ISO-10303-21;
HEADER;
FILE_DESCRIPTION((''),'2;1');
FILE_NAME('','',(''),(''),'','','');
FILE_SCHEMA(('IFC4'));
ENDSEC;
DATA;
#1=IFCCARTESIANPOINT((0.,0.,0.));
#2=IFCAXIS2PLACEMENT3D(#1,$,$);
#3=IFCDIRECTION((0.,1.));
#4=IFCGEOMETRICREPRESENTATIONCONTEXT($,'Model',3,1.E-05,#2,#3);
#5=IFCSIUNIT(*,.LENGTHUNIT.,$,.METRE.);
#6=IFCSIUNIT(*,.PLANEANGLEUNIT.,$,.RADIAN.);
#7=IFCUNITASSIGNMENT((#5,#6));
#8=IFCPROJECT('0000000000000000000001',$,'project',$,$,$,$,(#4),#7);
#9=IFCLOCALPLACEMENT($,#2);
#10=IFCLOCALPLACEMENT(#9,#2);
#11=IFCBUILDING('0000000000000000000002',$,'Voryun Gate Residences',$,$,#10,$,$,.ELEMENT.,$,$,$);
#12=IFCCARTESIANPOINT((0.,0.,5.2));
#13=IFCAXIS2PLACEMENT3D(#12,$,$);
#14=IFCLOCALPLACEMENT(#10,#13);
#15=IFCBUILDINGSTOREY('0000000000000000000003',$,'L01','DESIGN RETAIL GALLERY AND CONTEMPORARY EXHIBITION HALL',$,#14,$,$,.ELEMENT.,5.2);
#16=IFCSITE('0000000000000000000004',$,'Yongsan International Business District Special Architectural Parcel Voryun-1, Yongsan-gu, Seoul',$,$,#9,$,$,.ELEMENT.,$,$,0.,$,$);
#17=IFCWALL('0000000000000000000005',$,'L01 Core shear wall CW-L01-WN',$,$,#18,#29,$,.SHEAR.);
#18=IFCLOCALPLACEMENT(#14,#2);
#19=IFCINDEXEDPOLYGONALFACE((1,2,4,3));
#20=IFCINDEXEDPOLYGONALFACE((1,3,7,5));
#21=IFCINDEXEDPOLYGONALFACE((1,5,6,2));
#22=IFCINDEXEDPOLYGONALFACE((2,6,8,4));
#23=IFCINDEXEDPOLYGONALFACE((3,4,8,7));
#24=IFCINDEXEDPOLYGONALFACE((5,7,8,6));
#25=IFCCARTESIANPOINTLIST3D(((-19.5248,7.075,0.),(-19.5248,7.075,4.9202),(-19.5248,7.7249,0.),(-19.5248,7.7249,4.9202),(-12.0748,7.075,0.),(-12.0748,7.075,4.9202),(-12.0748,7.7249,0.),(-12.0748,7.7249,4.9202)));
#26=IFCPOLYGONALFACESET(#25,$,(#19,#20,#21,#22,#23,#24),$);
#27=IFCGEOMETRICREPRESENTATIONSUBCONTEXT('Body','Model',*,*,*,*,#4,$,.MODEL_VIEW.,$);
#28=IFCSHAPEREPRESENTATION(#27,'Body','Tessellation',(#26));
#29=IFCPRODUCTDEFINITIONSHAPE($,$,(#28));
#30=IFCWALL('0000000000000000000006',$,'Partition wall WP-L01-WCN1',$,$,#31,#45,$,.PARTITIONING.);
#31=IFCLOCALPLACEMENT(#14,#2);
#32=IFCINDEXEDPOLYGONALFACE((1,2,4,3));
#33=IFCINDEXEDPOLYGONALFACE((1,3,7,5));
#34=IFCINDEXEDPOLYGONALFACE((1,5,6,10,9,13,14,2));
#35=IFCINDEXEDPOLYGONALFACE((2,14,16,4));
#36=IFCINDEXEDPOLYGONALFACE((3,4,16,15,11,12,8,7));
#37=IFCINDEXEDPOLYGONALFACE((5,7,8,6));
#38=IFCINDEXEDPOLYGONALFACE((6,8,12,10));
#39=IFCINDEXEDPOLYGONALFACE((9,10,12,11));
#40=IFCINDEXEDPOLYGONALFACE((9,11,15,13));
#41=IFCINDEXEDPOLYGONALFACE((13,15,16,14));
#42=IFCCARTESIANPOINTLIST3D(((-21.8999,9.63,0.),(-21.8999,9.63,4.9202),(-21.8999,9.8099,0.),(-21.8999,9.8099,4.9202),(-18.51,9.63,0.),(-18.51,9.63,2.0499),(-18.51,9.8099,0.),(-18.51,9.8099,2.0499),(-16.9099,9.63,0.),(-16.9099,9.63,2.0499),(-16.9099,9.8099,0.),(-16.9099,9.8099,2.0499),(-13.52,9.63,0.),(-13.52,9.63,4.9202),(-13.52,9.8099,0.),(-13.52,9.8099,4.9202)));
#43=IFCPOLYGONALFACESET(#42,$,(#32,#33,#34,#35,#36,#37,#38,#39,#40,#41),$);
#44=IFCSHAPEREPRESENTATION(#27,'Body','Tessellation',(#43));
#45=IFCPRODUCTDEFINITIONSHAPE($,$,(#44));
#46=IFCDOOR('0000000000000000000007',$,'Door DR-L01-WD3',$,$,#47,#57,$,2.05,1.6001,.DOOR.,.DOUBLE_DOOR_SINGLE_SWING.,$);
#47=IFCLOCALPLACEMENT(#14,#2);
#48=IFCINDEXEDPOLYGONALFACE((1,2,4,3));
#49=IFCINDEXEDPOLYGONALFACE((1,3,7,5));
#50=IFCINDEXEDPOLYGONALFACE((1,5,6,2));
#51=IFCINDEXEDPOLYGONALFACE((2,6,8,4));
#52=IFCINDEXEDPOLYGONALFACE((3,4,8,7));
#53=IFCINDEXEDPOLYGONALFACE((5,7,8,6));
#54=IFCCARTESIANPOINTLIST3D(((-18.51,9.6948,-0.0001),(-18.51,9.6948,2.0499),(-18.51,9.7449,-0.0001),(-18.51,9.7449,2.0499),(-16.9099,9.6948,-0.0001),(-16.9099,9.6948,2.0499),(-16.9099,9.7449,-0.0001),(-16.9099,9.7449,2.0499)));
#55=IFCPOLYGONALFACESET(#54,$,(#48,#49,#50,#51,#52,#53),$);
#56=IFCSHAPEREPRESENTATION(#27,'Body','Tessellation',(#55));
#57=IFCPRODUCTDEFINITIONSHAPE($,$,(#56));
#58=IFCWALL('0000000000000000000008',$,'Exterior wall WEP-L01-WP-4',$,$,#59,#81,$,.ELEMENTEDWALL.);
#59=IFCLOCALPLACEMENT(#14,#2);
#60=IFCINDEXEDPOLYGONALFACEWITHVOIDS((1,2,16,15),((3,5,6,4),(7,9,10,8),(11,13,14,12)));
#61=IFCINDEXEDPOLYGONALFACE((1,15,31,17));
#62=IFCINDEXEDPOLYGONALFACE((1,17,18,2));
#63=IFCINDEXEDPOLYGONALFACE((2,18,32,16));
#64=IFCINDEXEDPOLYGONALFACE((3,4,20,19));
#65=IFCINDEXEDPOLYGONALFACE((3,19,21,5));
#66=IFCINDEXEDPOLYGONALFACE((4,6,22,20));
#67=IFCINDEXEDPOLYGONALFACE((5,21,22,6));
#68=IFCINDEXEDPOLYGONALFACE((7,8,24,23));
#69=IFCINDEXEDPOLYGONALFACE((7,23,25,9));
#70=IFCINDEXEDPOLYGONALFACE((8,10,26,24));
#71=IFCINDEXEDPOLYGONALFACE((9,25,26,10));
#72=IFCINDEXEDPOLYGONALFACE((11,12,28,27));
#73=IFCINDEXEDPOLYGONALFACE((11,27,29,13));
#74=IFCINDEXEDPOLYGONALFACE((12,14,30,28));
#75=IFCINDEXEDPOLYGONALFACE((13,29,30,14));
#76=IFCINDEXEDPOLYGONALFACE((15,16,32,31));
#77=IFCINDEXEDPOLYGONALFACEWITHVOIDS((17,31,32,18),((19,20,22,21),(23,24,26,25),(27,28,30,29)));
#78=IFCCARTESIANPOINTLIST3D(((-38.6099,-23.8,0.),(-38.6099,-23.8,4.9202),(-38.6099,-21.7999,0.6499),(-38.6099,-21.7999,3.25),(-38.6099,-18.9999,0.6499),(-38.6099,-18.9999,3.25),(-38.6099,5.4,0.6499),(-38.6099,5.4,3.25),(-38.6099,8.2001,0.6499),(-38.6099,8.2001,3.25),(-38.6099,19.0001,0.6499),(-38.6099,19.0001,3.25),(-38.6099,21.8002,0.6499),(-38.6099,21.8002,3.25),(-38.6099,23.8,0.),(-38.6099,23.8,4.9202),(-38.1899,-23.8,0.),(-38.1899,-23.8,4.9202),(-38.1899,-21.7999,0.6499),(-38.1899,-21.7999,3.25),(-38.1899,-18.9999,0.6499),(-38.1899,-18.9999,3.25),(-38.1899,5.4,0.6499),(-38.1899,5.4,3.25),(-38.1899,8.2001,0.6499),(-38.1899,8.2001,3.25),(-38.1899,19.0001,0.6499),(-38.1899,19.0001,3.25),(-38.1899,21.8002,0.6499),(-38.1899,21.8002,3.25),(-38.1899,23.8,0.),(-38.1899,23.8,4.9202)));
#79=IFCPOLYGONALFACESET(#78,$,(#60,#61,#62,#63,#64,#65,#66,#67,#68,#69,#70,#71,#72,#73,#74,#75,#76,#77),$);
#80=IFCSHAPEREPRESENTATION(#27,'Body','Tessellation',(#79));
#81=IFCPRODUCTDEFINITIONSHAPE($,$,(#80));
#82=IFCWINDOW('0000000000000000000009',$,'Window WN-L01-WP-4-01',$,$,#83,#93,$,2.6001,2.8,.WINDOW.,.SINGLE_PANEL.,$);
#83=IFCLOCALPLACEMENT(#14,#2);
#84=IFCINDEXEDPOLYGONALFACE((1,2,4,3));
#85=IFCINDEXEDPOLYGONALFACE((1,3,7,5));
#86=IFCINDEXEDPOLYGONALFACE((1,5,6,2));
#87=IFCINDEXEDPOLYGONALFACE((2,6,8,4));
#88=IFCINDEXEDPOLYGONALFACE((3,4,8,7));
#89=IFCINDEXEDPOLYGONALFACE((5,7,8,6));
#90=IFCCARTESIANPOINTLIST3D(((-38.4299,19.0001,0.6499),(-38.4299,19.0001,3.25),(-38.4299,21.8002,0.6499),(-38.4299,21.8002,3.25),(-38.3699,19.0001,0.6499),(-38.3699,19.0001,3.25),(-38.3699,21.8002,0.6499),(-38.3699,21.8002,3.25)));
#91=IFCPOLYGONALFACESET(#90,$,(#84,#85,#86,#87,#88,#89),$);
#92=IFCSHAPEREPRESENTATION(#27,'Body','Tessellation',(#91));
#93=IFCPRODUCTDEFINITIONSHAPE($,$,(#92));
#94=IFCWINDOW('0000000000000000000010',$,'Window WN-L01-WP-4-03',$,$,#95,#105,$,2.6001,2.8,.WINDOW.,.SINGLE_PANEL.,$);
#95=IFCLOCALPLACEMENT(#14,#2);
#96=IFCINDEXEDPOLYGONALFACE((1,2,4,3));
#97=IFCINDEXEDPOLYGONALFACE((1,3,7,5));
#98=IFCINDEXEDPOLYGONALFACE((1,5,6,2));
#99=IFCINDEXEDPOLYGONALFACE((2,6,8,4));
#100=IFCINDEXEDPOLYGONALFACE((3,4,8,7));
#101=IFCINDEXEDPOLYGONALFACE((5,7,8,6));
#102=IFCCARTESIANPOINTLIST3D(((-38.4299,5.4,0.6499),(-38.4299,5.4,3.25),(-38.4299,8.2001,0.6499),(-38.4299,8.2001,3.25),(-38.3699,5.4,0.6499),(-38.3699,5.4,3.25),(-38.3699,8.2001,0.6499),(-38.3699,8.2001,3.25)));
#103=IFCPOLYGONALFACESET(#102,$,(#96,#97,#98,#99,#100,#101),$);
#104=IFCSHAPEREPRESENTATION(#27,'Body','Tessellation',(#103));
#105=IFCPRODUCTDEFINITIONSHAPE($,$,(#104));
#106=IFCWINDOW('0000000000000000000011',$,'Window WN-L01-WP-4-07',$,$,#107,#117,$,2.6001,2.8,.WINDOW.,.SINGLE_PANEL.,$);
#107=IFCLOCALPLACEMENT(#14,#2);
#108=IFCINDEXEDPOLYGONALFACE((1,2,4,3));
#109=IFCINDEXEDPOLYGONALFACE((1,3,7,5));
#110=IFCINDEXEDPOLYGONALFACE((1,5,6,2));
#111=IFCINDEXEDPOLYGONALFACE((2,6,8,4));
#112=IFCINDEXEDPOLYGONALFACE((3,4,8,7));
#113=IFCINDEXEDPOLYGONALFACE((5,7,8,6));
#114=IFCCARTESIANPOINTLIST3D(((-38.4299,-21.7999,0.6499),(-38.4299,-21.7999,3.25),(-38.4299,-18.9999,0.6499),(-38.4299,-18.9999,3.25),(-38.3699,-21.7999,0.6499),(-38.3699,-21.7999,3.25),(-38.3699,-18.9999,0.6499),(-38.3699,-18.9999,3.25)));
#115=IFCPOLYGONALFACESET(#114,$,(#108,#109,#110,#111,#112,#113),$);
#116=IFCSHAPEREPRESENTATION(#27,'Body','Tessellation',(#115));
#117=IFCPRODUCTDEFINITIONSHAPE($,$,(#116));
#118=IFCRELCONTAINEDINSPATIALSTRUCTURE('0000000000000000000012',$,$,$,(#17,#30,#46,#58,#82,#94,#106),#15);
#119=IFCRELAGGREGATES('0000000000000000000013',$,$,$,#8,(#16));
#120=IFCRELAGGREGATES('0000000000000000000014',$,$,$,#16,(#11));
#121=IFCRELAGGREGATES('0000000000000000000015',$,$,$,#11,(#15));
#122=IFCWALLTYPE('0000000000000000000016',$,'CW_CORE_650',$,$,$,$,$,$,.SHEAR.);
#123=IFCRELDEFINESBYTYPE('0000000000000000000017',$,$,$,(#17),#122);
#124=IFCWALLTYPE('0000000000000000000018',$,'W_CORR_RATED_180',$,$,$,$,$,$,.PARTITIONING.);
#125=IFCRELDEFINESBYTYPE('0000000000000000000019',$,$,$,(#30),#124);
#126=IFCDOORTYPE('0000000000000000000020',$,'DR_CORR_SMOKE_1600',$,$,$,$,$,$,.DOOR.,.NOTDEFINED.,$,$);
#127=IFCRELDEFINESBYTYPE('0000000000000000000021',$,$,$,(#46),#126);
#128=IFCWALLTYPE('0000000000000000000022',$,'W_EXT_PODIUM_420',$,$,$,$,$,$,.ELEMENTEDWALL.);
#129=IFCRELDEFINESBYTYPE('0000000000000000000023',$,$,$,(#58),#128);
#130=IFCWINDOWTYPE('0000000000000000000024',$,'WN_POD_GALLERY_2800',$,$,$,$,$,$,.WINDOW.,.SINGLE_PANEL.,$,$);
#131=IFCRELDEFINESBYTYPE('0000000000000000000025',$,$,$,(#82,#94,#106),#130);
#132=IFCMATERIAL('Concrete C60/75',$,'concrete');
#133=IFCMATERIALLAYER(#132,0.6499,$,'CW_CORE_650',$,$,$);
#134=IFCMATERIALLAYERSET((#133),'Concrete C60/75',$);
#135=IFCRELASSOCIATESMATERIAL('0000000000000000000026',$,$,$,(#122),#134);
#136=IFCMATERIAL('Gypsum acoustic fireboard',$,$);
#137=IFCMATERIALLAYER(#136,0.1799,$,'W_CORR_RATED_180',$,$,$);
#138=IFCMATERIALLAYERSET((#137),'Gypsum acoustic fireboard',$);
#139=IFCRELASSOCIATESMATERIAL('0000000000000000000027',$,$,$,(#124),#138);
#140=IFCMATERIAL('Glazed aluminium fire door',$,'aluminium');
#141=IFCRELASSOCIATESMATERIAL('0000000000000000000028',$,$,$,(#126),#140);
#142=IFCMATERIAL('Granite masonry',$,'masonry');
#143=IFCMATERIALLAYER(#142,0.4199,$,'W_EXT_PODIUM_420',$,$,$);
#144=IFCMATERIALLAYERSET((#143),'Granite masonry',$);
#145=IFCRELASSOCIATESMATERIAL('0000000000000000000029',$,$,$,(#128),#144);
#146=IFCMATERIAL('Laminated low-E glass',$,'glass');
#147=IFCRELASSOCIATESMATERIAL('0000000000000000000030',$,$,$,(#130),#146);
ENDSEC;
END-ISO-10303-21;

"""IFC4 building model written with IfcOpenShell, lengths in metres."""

from ifc_helpers import new_model, si_unit, direction, frame, frame_2d, origin, place, context, subcontext, project, spatial, rectangle, extrude, material, layer, layer_set, type_object, element, fill, save


model = new_model("IFC4")

# Units and contexts
model_context = context("Model", 3, precision=1e-05, world=origin(), true_north=direction((0.0, 1.0)))
body_context = subcontext(model_context, "Body", "Model", "MODEL_VIEW")
ifc_project = project(units=[si_unit("LENGTHUNIT", "METRE"), si_unit("PLANEANGLEUNIT", "RADIAN")], contexts=[model_context])

# Site, building, storey
site_placement = place(None, origin())
site = spatial("IfcSite", under=ifc_project, at=site_placement, Name="Yongsan International Business District Special Architectural Parcel Voryun-1, Yongsan-gu, Seoul", CompositionType="ELEMENT", RefElevation=0.0)
building_placement = place(site_placement, origin())
building = spatial("IfcBuilding", under=site, at=building_placement, Name="Voryun Gate Residences", CompositionType="ELEMENT")
storey_placement = place(building_placement, frame((0.0, 0.0, 5.2)))
storey = spatial("IfcBuildingStorey", under=building, at=storey_placement, Name="L01", Description="DESIGN RETAIL GALLERY AND CONTEMPORARY EXHIBITION HALL", CompositionType="ELEMENT", Elevation=5.2)

# Wall
ifc_material_1 = material(Name="Concrete C60/75", Category="concrete")
ifc_layer_1 = layer(ifc_material_1, 0.6499, Name="CW_CORE_650")
ifc_layer_set_1 = layer_set([ifc_layer_1], Name="Concrete C60/75")
wall_type_1 = type_object("IfcWallType", Name="CW_CORE_650", PredefinedType="SHEAR", material=ifc_layer_set_1)
wall_1_placement = place(storey_placement, frame((-19.5249, 7.3999, 0.0), z_axis=(0.0, 0.0, 1.0), x_axis=(1.0, 0.0, 0.0)))
element("IfcWall", 1, at=wall_1_placement, inside=storey, type_object=wall_type_1, Name="L01 Core shear wall CW-L01-WN", PredefinedType="SHEAR", context=body_context, shape_type="SweptSolid", body=[
    extrude(rectangle(XDim=7.45, YDim=0.6499, at=frame_2d((3.7251, 0.0))), origin(), (0.0, 0.0, 1.0), 4.9202),
])

# Wall, opening, door
ifc_material_2 = material(Name="Gypsum acoustic fireboard")
ifc_layer_2 = layer(ifc_material_2, 0.1799, Name="W_CORR_RATED_180")
ifc_layer_set_2 = layer_set([ifc_layer_2], Name="Gypsum acoustic fireboard")
wall_type_2 = type_object("IfcWallType", Name="W_CORR_RATED_180", PredefinedType="PARTITIONING", material=ifc_layer_set_2)
wall_2_placement = place(storey_placement, frame((-21.8999, 9.72, 0.0), z_axis=(0.0, 0.0, 1.0), x_axis=(1.0, 0.0, 0.0)))
wall_2 = element("IfcWall", 2, at=wall_2_placement, inside=storey, type_object=wall_type_2, Name="Partition wall WP-L01-WCN1", PredefinedType="PARTITIONING", context=body_context, shape_type="SweptSolid", body=[
    extrude(rectangle(XDim=8.3799, YDim=0.1799, at=frame_2d((4.1899, 0.0))), origin(), (0.0, 0.0, 1.0), 4.9202),
])
opening_1_placement = place(wall_2_placement, frame((3.3899, 0.0, 0.0)))
opening_1 = element("IfcOpeningElement", 3, at=opening_1_placement, cuts=wall_2, PredefinedType="OPENING", context=body_context, shape_type="SweptSolid", body=[
    extrude(rectangle(XDim=1.6001, YDim=2.05, at=frame_2d((0.8, 1.0249))), frame((0.0, 0.0999, 0.0), z_axis=(0.0, -1.0, 0.0), x_axis=(1.0, 0.0, 0.0)), (0.0, 0.0, 1.0), 0.2),
])
ifc_material_3 = material(Name="Glazed aluminium fire door", Category="aluminium")
door_type = type_object("IfcDoorType", Name="DR_CORR_SMOKE_1600", OperationType="NOTDEFINED", PredefinedType="DOOR", material=ifc_material_3)
door_placement = place(opening_1_placement, origin())
door = element("IfcDoor", 4, at=door_placement, inside=storey, type_object=door_type, Name="Door DR-L01-WD3", OperationType="DOUBLE_DOOR_SINGLE_SWING", OverallHeight=2.05, OverallWidth=1.6001, PredefinedType="DOOR", context=body_context, shape_type="SweptSolid", body=[
    extrude(rectangle(XDim=1.6001, YDim=2.05, at=frame_2d((0.8, 1.0249))), frame((0.0, 0.0249, 0.0), z_axis=(0.0, -1.0, 0.0), x_axis=(1.0, 0.0, 0.0)), (0.0, 0.0, 1.0), 0.05),
])
fill(opening_1, door)

# Wall, openings, windows
ifc_material_4 = material(Name="Granite masonry", Category="masonry")
ifc_layer_3 = layer(ifc_material_4, 0.4199, Name="W_EXT_PODIUM_420")
ifc_layer_set_3 = layer_set([ifc_layer_3], Name="Granite masonry")
wall_type_3 = type_object("IfcWallType", Name="W_EXT_PODIUM_420", PredefinedType="ELEMENTEDWALL", material=ifc_layer_set_3)
wall_3_placement = place(storey_placement, frame((-38.3999, 23.8, 0.0), z_axis=(0.0, 0.0, 1.0), x_axis=(0.0, -1.0, 0.0)))
wall_3 = element("IfcWall", 5, at=wall_3_placement, inside=storey, type_object=wall_type_3, Name="Exterior wall WEP-L01-WP-4", PredefinedType="ELEMENTEDWALL", context=body_context, shape_type="SweptSolid", body=[
    extrude(rectangle(XDim=47.6001, YDim=0.4199, at=frame_2d((23.8, 0.0))), origin(), (0.0, 0.0, 1.0), 4.9202),
])
opening_2_placement = place(wall_3_placement, frame((2.0, 0.0, 0.6499)))
opening_2 = element("IfcOpeningElement", 6, at=opening_2_placement, cuts=wall_3, PredefinedType="OPENING", context=body_context, shape_type="SweptSolid", body=[
    extrude(rectangle(XDim=2.8, YDim=2.6001, at=frame_2d((1.3999, 1.3))), frame((0.0, 0.22, 0.0), z_axis=(0.0, -1.0, 0.0), x_axis=(1.0, 0.0, 0.0)), (0.0, 0.0, 1.0), 0.4399),
])
opening_3_placement = place(wall_3_placement, frame((15.6001, 0.0, 0.6499)))
opening_3 = element("IfcOpeningElement", 7, at=opening_3_placement, cuts=wall_3, PredefinedType="OPENING", context=body_context, shape_type="SweptSolid", body=[
    extrude(rectangle(XDim=2.8, YDim=2.6001, at=frame_2d((1.3999, 1.3))), frame((0.0, 0.22, 0.0), z_axis=(0.0, -1.0, 0.0), x_axis=(1.0, 0.0, 0.0)), (0.0, 0.0, 1.0), 0.4399),
])
opening_4_placement = place(wall_3_placement, frame((42.8, 0.0, 0.6499)))
opening_4 = element("IfcOpeningElement", 8, at=opening_4_placement, cuts=wall_3, PredefinedType="OPENING", context=body_context, shape_type="SweptSolid", body=[
    extrude(rectangle(XDim=2.8, YDim=2.6001, at=frame_2d((1.3999, 1.3))), frame((0.0, 0.22, 0.0), z_axis=(0.0, -1.0, 0.0), x_axis=(1.0, 0.0, 0.0)), (0.0, 0.0, 1.0), 0.4399),
])
ifc_material_5 = material(Name="Laminated low-E glass", Category="glass")
window_type = type_object("IfcWindowType", Name="WN_POD_GALLERY_2800", PartitioningType="SINGLE_PANEL", PredefinedType="WINDOW", material=ifc_material_5)
window_1_placement = place(opening_2_placement, origin())
window_1 = element("IfcWindow", 9, at=window_1_placement, inside=storey, type_object=window_type, Name="Window WN-L01-WP-4-01", OverallHeight=2.6001, OverallWidth=2.8, PartitioningType="SINGLE_PANEL", PredefinedType="WINDOW", context=body_context, shape_type="SweptSolid", body=[
    extrude(rectangle(XDim=2.8, YDim=2.6001, at=frame_2d((1.3999, 1.3))), frame((0.0, 0.03, 0.0), z_axis=(0.0, -1.0, 0.0), x_axis=(1.0, 0.0, 0.0)), (0.0, 0.0, 1.0), 0.0601),
])
fill(opening_2, window_1)
window_2_placement = place(opening_3_placement, origin())
window_2 = element("IfcWindow", 10, at=window_2_placement, inside=storey, type_object=window_type, Name="Window WN-L01-WP-4-03", OverallHeight=2.6001, OverallWidth=2.8, PartitioningType="SINGLE_PANEL", PredefinedType="WINDOW", context=body_context, shape_type="SweptSolid", body=[
    extrude(rectangle(XDim=2.8, YDim=2.6001, at=frame_2d((1.3999, 1.3))), frame((0.0, 0.03, 0.0), z_axis=(0.0, -1.0, 0.0), x_axis=(1.0, 0.0, 0.0)), (0.0, 0.0, 1.0), 0.0601),
])
fill(opening_3, window_2)
window_3_placement = place(opening_4_placement, origin())
window_3 = element("IfcWindow", 11, at=window_3_placement, inside=storey, type_object=window_type, Name="Window WN-L01-WP-4-07", OverallHeight=2.6001, OverallWidth=2.8, PartitioningType="SINGLE_PANEL", PredefinedType="WINDOW", context=body_context, shape_type="SweptSolid", body=[
    extrude(rectangle(XDim=2.8, YDim=2.6001, at=frame_2d((1.3999, 1.3))), frame((0.0, 0.03, 0.0), z_axis=(0.0, -1.0, 0.0), x_axis=(1.0, 0.0, 0.0)), (0.0, 0.0, 1.0), 0.0601),
])
fill(opening_4, window_3)

save(model, "model.ifc")
